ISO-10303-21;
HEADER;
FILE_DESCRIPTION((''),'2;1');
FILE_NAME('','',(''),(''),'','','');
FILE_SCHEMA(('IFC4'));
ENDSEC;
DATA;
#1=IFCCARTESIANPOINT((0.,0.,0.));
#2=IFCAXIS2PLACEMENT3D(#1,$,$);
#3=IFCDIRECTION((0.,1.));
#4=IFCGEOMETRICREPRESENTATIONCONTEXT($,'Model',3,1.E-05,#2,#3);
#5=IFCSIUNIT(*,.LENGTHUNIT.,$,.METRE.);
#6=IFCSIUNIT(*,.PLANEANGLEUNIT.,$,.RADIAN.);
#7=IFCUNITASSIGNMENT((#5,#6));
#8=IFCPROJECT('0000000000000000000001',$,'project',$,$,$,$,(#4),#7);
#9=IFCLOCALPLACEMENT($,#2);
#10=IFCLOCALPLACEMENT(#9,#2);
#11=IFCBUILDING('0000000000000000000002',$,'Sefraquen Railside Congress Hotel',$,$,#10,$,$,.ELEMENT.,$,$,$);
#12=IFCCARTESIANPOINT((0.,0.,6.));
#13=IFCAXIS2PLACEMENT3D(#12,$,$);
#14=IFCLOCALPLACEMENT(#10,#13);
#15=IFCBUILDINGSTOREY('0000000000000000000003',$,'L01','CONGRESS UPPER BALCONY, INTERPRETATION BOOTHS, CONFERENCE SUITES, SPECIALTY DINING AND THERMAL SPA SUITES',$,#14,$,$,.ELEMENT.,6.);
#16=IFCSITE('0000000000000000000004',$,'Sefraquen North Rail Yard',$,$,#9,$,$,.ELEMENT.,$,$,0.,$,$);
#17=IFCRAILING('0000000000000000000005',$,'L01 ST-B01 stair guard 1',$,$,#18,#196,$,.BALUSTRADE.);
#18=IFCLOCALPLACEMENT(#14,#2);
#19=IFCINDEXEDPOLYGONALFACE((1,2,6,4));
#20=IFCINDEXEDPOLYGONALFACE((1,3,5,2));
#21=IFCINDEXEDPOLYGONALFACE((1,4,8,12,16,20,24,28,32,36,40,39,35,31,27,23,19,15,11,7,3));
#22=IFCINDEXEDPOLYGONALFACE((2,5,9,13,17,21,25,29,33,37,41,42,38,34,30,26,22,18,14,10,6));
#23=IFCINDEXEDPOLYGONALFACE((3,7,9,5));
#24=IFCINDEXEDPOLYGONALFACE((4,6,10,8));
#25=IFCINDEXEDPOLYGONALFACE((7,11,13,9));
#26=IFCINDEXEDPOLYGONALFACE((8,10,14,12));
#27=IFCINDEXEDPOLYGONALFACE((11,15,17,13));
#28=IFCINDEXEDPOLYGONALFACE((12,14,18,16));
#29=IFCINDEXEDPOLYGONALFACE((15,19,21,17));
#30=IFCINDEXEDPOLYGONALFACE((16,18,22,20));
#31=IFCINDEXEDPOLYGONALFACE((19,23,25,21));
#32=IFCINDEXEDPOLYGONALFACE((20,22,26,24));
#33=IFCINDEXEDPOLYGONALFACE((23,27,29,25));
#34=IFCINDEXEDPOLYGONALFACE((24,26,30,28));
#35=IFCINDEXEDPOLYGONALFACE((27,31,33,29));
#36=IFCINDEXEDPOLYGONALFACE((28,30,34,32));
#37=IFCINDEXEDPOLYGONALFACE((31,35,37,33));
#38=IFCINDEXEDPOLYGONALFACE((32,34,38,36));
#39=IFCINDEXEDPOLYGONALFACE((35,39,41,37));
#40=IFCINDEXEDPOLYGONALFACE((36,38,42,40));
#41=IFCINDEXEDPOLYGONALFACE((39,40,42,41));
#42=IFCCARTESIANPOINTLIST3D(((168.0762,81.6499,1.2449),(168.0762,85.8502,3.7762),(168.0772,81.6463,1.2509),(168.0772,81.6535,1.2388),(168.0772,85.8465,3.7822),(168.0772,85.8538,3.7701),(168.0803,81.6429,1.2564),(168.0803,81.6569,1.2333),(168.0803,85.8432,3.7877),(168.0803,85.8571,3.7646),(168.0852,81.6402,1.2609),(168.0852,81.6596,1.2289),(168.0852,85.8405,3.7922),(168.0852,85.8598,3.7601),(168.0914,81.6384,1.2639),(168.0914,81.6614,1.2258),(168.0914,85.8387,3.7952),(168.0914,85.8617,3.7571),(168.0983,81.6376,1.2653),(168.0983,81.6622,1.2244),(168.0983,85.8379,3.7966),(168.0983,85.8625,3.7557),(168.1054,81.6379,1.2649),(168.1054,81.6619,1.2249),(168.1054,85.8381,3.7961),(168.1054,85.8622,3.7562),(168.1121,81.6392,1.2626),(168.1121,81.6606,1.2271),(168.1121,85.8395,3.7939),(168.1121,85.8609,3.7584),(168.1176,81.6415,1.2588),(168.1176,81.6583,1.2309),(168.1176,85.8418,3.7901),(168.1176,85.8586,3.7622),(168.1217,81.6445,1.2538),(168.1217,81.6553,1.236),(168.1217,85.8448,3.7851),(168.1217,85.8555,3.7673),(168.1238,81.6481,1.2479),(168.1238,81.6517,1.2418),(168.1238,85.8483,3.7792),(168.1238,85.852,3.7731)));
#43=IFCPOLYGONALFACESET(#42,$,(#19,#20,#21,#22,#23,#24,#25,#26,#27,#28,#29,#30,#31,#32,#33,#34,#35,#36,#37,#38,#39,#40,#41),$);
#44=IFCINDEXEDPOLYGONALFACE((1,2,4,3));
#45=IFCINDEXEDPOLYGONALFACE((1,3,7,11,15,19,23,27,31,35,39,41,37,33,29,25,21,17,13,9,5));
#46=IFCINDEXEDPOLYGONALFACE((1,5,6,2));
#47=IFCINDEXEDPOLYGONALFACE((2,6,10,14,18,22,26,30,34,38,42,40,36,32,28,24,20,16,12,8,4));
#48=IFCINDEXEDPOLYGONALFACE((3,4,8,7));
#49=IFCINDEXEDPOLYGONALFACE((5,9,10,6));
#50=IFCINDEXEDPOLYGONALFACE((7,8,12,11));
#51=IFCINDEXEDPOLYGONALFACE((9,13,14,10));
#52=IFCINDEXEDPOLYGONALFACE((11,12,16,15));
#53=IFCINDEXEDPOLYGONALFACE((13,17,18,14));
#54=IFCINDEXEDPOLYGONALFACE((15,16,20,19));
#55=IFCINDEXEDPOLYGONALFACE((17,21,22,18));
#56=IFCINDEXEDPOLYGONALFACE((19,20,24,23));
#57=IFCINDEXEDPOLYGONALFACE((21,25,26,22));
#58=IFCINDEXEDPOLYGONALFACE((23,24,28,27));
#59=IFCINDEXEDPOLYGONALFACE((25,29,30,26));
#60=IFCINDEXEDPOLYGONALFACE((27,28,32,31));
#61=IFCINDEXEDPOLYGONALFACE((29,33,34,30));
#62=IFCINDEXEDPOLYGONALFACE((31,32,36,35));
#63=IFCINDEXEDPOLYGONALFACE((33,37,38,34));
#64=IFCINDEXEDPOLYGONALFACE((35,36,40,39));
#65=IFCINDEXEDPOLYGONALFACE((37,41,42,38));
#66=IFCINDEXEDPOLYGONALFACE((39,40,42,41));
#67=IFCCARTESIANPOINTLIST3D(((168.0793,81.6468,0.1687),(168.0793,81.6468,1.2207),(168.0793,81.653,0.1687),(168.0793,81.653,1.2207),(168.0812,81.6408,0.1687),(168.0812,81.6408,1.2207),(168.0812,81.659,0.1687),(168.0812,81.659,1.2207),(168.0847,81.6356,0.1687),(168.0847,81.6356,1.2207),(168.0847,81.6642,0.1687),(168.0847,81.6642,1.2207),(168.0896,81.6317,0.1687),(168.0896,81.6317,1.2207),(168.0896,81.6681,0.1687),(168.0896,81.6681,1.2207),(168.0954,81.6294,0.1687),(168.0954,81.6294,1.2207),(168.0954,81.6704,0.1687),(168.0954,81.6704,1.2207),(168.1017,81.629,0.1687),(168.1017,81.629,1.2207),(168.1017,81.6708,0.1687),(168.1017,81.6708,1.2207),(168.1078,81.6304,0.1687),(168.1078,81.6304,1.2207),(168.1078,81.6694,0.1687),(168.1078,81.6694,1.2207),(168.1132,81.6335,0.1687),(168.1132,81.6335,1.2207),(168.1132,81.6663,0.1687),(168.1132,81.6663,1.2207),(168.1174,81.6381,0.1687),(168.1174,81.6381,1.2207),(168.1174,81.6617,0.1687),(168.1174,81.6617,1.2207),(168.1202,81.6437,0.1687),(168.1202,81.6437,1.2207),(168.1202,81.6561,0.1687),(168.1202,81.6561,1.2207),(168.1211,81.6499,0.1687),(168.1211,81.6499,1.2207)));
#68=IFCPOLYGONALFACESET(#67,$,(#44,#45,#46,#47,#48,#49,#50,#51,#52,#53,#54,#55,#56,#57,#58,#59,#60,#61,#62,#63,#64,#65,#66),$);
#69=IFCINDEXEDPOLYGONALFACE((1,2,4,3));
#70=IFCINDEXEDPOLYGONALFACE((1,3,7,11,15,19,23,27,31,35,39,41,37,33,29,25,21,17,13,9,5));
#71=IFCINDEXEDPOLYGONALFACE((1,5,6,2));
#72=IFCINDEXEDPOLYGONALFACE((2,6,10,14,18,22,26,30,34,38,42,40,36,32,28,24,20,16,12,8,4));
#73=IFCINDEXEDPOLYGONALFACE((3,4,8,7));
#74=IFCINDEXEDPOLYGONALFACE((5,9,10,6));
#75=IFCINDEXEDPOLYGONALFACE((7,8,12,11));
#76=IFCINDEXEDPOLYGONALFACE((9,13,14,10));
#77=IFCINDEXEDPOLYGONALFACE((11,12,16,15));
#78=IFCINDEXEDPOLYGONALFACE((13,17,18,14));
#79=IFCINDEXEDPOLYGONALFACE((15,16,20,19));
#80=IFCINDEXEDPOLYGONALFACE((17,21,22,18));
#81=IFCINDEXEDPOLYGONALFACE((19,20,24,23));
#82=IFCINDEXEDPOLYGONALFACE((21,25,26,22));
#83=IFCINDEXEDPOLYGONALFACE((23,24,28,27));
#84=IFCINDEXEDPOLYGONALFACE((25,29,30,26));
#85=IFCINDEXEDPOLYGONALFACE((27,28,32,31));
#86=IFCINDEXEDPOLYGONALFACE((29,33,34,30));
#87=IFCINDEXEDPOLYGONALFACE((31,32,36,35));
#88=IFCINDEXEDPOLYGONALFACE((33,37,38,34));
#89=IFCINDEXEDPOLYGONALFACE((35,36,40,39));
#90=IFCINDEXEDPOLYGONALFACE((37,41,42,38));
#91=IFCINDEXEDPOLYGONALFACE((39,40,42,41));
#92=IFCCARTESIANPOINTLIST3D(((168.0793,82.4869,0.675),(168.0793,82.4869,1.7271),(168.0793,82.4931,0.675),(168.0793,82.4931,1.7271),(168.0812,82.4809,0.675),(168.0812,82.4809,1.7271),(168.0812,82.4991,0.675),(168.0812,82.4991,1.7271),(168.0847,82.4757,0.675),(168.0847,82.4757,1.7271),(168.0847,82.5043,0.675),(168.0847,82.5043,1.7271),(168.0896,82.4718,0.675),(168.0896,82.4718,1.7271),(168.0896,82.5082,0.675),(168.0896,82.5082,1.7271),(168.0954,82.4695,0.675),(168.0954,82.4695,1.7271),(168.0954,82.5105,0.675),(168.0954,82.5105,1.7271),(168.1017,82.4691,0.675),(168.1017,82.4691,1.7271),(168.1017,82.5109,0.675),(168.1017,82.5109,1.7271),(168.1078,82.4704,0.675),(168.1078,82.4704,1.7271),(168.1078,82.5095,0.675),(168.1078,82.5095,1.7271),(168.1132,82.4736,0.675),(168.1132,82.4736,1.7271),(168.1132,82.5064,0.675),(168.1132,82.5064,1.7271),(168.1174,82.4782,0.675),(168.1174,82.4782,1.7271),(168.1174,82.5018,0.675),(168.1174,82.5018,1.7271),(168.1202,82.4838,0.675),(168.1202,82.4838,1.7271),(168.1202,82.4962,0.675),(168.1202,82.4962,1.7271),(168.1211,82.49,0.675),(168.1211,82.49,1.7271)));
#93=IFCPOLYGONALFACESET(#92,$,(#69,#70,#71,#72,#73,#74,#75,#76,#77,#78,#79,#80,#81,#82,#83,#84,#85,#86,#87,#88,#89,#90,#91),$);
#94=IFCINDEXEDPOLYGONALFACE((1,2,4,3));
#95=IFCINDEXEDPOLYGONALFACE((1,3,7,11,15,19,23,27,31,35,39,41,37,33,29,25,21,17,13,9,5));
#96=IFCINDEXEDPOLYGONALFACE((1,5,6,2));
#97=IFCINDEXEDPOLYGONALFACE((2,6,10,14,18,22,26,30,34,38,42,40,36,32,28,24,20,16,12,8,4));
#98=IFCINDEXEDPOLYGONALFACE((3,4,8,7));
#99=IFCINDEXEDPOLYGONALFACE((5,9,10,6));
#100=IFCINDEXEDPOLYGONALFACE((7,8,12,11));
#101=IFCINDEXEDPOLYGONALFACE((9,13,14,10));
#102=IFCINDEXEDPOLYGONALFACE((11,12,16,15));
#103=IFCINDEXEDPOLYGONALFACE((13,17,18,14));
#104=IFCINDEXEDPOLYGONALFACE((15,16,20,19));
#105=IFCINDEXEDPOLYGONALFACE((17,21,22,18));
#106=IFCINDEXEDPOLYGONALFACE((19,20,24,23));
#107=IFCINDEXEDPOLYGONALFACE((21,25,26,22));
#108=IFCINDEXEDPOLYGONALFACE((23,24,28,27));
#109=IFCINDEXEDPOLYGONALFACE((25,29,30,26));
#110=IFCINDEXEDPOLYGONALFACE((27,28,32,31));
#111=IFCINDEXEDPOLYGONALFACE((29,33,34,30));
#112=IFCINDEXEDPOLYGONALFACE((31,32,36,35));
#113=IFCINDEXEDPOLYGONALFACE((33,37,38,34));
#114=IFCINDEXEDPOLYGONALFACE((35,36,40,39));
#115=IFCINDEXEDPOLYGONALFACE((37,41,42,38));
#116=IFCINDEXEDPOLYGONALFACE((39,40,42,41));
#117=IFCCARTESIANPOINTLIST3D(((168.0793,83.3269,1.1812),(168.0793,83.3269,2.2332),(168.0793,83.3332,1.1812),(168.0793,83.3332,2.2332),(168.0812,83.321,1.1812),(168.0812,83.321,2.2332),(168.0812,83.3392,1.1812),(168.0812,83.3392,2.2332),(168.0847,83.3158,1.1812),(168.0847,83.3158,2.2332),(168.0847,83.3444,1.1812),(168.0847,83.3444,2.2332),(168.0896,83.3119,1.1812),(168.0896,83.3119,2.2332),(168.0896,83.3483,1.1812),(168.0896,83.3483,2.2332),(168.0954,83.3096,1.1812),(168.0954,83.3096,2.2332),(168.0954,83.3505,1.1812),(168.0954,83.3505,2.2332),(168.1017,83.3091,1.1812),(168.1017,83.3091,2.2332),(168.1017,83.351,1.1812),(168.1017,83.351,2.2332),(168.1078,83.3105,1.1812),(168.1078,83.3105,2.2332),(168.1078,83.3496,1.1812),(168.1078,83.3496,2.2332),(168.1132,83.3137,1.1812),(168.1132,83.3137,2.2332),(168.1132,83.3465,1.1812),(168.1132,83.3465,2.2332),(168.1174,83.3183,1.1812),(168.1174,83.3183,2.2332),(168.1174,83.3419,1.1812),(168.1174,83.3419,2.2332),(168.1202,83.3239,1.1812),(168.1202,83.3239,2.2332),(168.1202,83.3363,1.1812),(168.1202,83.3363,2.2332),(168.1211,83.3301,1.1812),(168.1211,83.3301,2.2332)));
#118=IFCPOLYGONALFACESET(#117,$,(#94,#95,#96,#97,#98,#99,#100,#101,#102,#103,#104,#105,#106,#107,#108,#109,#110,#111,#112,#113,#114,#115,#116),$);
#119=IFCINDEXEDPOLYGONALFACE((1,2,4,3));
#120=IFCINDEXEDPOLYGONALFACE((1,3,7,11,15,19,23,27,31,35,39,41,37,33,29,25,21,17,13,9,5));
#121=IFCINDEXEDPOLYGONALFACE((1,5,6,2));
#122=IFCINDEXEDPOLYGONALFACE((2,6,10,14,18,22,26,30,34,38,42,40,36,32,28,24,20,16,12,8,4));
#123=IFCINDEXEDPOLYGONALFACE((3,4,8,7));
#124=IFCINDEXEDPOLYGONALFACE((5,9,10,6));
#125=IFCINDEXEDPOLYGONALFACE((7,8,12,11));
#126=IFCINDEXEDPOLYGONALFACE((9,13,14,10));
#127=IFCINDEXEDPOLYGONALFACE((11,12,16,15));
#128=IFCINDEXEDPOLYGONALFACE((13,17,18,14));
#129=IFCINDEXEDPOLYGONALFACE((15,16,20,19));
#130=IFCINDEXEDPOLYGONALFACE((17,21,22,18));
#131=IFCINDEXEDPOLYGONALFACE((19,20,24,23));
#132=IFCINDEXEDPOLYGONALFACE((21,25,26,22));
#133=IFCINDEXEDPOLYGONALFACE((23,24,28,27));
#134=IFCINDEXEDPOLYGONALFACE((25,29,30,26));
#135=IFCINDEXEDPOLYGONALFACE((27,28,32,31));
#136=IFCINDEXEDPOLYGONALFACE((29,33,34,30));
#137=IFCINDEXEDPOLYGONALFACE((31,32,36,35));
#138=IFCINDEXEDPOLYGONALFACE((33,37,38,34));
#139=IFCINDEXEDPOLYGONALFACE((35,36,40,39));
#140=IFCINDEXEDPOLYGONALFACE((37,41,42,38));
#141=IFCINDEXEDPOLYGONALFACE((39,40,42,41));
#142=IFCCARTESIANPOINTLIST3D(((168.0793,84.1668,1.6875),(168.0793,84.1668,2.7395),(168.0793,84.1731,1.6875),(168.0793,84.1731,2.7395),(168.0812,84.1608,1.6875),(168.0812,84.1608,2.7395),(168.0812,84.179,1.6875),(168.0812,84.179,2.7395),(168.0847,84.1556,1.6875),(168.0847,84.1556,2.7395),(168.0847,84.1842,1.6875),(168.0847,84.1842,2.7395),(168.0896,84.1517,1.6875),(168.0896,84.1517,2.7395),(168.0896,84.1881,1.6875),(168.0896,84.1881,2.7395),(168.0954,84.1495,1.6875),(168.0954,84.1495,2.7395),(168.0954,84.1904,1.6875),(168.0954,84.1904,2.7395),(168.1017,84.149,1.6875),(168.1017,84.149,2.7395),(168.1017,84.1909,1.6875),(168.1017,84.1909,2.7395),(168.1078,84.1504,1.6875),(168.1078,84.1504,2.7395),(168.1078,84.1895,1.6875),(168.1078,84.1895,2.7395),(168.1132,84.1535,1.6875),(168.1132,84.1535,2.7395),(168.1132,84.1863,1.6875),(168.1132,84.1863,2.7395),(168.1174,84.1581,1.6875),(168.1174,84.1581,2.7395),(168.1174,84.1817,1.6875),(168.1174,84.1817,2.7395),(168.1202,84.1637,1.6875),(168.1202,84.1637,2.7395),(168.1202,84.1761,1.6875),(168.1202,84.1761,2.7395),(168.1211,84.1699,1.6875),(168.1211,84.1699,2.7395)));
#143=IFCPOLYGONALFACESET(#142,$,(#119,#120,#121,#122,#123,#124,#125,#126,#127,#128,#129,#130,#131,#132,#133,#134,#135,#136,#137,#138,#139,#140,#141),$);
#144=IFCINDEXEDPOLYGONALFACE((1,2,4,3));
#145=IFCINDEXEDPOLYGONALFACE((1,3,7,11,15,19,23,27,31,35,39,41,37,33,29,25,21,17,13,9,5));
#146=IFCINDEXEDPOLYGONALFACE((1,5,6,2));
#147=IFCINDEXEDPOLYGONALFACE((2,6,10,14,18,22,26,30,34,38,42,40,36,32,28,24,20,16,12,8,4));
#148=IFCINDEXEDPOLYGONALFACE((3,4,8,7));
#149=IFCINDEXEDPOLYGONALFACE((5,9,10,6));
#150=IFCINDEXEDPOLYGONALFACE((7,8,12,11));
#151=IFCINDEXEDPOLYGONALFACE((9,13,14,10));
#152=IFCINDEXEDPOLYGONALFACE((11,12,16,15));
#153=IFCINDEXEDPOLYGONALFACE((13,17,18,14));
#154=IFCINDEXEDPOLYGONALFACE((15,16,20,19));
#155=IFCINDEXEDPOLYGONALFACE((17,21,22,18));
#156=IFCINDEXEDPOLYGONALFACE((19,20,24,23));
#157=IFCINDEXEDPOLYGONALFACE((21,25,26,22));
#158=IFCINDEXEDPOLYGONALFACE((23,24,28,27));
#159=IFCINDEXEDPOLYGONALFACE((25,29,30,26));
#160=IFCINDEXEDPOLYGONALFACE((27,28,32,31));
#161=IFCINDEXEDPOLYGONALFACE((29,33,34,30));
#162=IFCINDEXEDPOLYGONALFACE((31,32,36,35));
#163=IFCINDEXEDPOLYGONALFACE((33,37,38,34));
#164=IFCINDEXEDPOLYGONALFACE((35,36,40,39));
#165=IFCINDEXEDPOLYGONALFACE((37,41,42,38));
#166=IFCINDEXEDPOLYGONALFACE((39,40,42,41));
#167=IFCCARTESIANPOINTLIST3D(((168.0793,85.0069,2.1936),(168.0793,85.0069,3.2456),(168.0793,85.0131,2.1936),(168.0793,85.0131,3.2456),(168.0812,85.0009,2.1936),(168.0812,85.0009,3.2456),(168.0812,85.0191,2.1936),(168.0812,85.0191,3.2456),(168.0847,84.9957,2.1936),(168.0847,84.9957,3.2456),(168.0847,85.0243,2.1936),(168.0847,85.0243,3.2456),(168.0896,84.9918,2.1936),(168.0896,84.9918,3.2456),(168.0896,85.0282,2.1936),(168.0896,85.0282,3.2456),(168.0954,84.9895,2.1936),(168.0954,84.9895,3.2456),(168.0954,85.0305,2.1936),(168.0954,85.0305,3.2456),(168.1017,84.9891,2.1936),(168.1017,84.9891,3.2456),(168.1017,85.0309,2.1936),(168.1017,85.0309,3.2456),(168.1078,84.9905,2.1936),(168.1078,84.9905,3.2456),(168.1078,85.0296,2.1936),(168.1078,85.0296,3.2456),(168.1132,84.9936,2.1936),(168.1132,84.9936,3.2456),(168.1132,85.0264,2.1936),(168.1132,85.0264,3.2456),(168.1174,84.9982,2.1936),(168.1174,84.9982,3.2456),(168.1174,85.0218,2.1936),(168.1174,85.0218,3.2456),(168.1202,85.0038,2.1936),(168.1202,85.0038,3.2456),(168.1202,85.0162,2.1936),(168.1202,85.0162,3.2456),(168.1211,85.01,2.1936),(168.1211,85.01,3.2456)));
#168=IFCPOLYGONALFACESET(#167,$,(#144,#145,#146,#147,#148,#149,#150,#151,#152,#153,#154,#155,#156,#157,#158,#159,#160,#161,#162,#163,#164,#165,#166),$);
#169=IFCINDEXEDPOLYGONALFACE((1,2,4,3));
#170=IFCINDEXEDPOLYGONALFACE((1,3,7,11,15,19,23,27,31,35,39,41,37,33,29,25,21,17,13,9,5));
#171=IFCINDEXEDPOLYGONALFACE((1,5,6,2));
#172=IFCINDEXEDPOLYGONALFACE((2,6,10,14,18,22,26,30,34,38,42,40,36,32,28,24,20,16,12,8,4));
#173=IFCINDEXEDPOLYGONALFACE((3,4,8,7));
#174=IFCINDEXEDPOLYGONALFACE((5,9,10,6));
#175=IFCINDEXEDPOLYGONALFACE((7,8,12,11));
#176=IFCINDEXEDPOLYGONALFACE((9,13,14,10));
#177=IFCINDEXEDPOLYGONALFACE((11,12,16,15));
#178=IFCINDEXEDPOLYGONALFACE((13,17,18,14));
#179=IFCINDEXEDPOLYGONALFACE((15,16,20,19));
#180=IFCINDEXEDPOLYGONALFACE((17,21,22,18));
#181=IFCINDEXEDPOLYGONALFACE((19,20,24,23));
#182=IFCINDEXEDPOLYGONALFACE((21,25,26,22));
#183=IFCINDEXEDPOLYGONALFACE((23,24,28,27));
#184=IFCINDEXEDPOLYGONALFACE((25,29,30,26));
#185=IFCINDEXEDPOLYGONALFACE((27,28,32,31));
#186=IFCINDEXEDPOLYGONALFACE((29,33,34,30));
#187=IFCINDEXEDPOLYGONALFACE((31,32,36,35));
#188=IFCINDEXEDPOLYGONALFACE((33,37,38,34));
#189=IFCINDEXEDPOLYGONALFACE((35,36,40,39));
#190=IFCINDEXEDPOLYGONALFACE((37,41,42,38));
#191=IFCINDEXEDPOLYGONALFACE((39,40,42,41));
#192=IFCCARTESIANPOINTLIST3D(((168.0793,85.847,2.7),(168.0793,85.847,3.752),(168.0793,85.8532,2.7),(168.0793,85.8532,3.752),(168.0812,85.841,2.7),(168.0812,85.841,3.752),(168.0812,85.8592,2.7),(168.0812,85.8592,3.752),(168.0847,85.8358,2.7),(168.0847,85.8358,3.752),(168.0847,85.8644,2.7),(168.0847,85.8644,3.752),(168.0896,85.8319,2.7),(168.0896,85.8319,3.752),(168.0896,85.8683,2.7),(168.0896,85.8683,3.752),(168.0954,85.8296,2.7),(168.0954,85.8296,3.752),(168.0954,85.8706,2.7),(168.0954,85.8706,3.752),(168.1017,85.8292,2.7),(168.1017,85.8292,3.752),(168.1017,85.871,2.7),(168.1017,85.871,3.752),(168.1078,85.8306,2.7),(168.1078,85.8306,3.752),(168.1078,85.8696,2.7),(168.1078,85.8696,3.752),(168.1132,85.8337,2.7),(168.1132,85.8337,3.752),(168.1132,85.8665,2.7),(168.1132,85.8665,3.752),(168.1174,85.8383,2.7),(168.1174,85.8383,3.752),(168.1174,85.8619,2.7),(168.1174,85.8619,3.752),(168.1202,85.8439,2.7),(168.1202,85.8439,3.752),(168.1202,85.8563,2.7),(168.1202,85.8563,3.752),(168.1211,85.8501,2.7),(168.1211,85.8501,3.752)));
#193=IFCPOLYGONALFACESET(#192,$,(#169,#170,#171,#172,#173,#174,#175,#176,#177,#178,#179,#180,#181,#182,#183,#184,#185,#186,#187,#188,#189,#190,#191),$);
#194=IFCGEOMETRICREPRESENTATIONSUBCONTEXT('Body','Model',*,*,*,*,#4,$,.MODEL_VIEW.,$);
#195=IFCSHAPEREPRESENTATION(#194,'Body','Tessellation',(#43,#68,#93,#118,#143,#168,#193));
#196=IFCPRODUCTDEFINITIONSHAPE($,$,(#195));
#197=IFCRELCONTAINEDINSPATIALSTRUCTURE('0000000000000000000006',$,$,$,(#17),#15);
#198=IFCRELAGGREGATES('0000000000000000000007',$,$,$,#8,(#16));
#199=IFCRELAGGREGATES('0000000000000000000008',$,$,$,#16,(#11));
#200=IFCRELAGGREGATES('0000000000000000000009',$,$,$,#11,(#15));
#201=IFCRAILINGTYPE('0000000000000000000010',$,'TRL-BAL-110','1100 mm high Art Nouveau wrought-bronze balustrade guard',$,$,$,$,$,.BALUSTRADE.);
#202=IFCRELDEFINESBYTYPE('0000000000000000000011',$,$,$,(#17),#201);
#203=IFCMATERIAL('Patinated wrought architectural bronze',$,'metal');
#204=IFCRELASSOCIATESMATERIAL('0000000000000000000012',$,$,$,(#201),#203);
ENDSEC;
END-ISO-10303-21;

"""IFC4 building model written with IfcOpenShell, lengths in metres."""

from ifc_helpers import new_model, si_unit, direction, frame, origin, origin_2d, place, context, subcontext, project, spatial, circle, extrude, material, type_object, element, save


model = new_model("IFC4")

# Units and contexts
model_context = context("Model", 3, precision=1e-05, world=origin(), true_north=direction((0.0, 1.0)))
body_context = subcontext(model_context, "Body", "Model", "MODEL_VIEW")
ifc_project = project(units=[si_unit("LENGTHUNIT", "METRE"), si_unit("PLANEANGLEUNIT", "RADIAN")], contexts=[model_context])

# Site, building, storey
site_placement = place(None, origin())
site = spatial("IfcSite", under=ifc_project, at=site_placement, Name="Sefraquen North Rail Yard", CompositionType="ELEMENT", RefElevation=0.0)
building_placement = place(site_placement, origin())
building = spatial("IfcBuilding", under=site, at=building_placement, Name="Sefraquen Railside Congress Hotel", CompositionType="ELEMENT")
storey_placement = place(building_placement, frame((0.0, 0.0, 6.0)))
storey = spatial("IfcBuildingStorey", under=building, at=storey_placement, Name="L01", Description="CONGRESS UPPER BALCONY, INTERPRETATION BOOTHS, CONFERENCE SUITES, SPECIALTY DINING AND THERMAL SPA SUITES", CompositionType="ELEMENT", Elevation=6.0)

# Railing
ifc_material_1 = material(Name="Patinated wrought architectural bronze", Category="metal")
railing_type_1 = type_object("IfcRailingType", Name="TRL-BAL-110", Description="1100 mm high Art Nouveau wrought-bronze balustrade guard", PredefinedType="BALUSTRADE", material=ifc_material_1)
railing_1_placement = place(storey_placement, frame((168.1001, 81.6499, 0.1687)))
element("IfcRailing", 1, at=railing_1_placement, inside=storey, type_object=railing_type_1, Name="L01 ST-B01 stair guard 1", PredefinedType="BALUSTRADE", context=body_context, shape_type="SweptSolid", body=[
    extrude(circle(Radius=0.0239, at=origin_2d()), frame((0.0, 0.0, 1.0762), z_axis=(0.0, 0.85649, 0.516164), x_axis=(-1.0, 0.0, 0.0)), (0.0, 0.0, 1.0), 4.9041),
    extrude(circle(Radius=0.021, at=origin_2d()), origin(), (0.0, 0.0, 1.0), 1.052),
    extrude(circle(Radius=0.021, at=origin_2d()), frame((0.0, 0.8401, 0.5063)), (0.0, 0.0, 1.0), 1.052),
    extrude(circle(Radius=0.021, at=origin_2d()), frame((0.0, 1.6802, 1.0125)), (0.0, 0.0, 1.0), 1.052),
    extrude(circle(Radius=0.021, at=origin_2d()), frame((0.0, 2.52, 1.5188)), (0.0, 0.0, 1.0), 1.052),
    extrude(circle(Radius=0.021, at=origin_2d()), frame((0.0, 3.3601, 2.0249)), (0.0, 0.0, 1.0), 1.052),
    extrude(circle(Radius=0.021, at=origin_2d()), frame((0.0, 4.2002, 2.5312)), (0.0, 0.0, 1.0), 1.052),
])

save(model, "model.ifc")
